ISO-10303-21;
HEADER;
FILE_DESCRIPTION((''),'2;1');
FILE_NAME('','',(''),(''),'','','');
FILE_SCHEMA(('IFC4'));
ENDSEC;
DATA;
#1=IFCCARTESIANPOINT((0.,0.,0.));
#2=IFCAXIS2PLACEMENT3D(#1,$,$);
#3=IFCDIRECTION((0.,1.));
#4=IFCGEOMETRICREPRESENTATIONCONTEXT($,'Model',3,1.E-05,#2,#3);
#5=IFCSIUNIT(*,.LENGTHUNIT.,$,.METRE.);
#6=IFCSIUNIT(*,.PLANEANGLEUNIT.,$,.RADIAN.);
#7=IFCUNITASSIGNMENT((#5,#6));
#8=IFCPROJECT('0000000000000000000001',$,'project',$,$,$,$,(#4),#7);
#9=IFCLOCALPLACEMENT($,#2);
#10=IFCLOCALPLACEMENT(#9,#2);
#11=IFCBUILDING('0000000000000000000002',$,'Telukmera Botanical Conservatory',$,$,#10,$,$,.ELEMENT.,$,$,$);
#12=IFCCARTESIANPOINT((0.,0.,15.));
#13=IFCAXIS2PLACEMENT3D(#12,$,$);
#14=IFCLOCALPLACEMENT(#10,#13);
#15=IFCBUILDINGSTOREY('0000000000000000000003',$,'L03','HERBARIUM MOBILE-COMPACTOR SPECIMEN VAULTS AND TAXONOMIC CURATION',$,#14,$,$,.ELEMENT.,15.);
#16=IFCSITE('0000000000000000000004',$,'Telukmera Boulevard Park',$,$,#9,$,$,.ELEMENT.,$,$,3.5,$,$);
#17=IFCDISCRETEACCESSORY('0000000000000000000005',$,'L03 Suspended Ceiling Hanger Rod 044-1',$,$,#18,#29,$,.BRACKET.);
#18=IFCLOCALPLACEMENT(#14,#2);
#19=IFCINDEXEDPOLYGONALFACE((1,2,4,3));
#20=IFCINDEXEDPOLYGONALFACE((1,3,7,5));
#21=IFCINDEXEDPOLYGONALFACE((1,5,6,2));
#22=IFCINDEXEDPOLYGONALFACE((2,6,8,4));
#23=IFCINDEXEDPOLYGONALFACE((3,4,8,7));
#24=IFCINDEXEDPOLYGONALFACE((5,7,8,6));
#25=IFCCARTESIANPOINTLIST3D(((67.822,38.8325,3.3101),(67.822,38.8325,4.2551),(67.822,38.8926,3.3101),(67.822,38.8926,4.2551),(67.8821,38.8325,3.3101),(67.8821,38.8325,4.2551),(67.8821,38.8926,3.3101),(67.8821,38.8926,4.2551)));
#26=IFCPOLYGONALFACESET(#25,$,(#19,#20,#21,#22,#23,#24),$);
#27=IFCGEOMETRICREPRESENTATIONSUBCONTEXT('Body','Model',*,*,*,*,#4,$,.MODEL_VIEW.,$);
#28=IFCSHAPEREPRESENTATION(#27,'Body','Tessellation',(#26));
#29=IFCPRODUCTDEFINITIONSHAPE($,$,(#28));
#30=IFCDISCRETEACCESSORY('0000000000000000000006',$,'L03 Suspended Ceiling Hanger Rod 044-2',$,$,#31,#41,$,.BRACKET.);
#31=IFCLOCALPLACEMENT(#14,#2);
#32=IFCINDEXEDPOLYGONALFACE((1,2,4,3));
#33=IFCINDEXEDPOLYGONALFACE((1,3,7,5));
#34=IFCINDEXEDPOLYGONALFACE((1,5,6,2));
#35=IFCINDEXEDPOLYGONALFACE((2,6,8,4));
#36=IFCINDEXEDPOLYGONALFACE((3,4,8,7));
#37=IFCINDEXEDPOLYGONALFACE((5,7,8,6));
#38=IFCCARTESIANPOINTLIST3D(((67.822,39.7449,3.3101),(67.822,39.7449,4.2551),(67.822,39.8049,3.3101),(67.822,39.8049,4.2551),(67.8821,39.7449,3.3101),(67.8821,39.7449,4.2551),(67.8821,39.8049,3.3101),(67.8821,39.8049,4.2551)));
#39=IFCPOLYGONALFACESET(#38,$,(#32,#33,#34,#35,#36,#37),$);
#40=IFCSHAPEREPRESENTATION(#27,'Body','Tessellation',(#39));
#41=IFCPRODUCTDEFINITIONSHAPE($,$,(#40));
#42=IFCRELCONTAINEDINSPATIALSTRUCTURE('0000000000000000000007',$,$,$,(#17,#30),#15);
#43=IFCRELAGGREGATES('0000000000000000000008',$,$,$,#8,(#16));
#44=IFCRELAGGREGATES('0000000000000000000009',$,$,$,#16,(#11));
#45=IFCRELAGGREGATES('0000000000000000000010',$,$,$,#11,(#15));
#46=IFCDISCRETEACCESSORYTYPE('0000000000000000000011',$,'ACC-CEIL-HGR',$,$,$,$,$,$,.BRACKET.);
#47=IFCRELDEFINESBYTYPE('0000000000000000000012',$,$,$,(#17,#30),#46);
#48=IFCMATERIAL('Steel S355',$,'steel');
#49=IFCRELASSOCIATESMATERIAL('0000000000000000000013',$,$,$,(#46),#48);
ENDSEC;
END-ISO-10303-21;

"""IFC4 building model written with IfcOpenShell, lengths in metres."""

from ifc_helpers import new_model, si_unit, direction, frame, origin, origin_2d, place, context, subcontext, project, spatial, rectangle, extrude, material, type_object, element, save


model = new_model("IFC4")

# Units and contexts
model_context = context("Model", 3, precision=1e-05, world=origin(), true_north=direction((0.0, 1.0)))
body_context = subcontext(model_context, "Body", "Model", "MODEL_VIEW")
ifc_project = project(units=[si_unit("LENGTHUNIT", "METRE"), si_unit("PLANEANGLEUNIT", "RADIAN")], contexts=[model_context])

# Site, building, storey
site_placement = place(None, origin())
site = spatial("IfcSite", under=ifc_project, at=site_placement, Name="Telukmera Boulevard Park", CompositionType="ELEMENT", RefElevation=3.5)
building_placement = place(site_placement, origin())
building = spatial("IfcBuilding", under=site, at=building_placement, Name="Telukmera Botanical Conservatory", CompositionType="ELEMENT")
storey_placement = place(building_placement, frame((0.0, 0.0, 15.0)))
storey = spatial("IfcBuildingStorey", under=building, at=storey_placement, Name="L03", Description="HERBARIUM MOBILE-COMPACTOR SPECIMEN VAULTS AND TAXONOMIC CURATION", CompositionType="ELEMENT", Elevation=15.0)

# Discrete accessories
ifc_material_1 = material(Name="Steel S355", Category="steel")
discrete_accessory_type = type_object("IfcDiscreteAccessoryType", Name="ACC-CEIL-HGR", PredefinedType="BRACKET", material=ifc_material_1)
for number, where, z_axis, x_axis, name in (
    (1, (67.8521, 38.8625, 3.3101), (0.0, 0.0, 1.0), (1.0, 0.0, 0.0), "L03 Suspended Ceiling Hanger Rod 044-1"),
    (2, (67.8521, 39.7749, 3.3101), (0.0, 0.0, 1.0), (1.0, 0.0, 0.0), "L03 Suspended Ceiling Hanger Rod 044-2"),
):
    element("IfcDiscreteAccessory", number, at=place(storey_placement, frame(where, z_axis=z_axis, x_axis=x_axis)), inside=storey, type_object=discrete_accessory_type, Name=name, PredefinedType="BRACKET", context=body_context, shape_type="SweptSolid", body=[
        extrude(rectangle(XDim=0.0601, YDim=0.0601, at=origin_2d()), origin(), (0.0, 0.0, 1.0), 0.9451),
    ])

save(model, "model.ifc")
